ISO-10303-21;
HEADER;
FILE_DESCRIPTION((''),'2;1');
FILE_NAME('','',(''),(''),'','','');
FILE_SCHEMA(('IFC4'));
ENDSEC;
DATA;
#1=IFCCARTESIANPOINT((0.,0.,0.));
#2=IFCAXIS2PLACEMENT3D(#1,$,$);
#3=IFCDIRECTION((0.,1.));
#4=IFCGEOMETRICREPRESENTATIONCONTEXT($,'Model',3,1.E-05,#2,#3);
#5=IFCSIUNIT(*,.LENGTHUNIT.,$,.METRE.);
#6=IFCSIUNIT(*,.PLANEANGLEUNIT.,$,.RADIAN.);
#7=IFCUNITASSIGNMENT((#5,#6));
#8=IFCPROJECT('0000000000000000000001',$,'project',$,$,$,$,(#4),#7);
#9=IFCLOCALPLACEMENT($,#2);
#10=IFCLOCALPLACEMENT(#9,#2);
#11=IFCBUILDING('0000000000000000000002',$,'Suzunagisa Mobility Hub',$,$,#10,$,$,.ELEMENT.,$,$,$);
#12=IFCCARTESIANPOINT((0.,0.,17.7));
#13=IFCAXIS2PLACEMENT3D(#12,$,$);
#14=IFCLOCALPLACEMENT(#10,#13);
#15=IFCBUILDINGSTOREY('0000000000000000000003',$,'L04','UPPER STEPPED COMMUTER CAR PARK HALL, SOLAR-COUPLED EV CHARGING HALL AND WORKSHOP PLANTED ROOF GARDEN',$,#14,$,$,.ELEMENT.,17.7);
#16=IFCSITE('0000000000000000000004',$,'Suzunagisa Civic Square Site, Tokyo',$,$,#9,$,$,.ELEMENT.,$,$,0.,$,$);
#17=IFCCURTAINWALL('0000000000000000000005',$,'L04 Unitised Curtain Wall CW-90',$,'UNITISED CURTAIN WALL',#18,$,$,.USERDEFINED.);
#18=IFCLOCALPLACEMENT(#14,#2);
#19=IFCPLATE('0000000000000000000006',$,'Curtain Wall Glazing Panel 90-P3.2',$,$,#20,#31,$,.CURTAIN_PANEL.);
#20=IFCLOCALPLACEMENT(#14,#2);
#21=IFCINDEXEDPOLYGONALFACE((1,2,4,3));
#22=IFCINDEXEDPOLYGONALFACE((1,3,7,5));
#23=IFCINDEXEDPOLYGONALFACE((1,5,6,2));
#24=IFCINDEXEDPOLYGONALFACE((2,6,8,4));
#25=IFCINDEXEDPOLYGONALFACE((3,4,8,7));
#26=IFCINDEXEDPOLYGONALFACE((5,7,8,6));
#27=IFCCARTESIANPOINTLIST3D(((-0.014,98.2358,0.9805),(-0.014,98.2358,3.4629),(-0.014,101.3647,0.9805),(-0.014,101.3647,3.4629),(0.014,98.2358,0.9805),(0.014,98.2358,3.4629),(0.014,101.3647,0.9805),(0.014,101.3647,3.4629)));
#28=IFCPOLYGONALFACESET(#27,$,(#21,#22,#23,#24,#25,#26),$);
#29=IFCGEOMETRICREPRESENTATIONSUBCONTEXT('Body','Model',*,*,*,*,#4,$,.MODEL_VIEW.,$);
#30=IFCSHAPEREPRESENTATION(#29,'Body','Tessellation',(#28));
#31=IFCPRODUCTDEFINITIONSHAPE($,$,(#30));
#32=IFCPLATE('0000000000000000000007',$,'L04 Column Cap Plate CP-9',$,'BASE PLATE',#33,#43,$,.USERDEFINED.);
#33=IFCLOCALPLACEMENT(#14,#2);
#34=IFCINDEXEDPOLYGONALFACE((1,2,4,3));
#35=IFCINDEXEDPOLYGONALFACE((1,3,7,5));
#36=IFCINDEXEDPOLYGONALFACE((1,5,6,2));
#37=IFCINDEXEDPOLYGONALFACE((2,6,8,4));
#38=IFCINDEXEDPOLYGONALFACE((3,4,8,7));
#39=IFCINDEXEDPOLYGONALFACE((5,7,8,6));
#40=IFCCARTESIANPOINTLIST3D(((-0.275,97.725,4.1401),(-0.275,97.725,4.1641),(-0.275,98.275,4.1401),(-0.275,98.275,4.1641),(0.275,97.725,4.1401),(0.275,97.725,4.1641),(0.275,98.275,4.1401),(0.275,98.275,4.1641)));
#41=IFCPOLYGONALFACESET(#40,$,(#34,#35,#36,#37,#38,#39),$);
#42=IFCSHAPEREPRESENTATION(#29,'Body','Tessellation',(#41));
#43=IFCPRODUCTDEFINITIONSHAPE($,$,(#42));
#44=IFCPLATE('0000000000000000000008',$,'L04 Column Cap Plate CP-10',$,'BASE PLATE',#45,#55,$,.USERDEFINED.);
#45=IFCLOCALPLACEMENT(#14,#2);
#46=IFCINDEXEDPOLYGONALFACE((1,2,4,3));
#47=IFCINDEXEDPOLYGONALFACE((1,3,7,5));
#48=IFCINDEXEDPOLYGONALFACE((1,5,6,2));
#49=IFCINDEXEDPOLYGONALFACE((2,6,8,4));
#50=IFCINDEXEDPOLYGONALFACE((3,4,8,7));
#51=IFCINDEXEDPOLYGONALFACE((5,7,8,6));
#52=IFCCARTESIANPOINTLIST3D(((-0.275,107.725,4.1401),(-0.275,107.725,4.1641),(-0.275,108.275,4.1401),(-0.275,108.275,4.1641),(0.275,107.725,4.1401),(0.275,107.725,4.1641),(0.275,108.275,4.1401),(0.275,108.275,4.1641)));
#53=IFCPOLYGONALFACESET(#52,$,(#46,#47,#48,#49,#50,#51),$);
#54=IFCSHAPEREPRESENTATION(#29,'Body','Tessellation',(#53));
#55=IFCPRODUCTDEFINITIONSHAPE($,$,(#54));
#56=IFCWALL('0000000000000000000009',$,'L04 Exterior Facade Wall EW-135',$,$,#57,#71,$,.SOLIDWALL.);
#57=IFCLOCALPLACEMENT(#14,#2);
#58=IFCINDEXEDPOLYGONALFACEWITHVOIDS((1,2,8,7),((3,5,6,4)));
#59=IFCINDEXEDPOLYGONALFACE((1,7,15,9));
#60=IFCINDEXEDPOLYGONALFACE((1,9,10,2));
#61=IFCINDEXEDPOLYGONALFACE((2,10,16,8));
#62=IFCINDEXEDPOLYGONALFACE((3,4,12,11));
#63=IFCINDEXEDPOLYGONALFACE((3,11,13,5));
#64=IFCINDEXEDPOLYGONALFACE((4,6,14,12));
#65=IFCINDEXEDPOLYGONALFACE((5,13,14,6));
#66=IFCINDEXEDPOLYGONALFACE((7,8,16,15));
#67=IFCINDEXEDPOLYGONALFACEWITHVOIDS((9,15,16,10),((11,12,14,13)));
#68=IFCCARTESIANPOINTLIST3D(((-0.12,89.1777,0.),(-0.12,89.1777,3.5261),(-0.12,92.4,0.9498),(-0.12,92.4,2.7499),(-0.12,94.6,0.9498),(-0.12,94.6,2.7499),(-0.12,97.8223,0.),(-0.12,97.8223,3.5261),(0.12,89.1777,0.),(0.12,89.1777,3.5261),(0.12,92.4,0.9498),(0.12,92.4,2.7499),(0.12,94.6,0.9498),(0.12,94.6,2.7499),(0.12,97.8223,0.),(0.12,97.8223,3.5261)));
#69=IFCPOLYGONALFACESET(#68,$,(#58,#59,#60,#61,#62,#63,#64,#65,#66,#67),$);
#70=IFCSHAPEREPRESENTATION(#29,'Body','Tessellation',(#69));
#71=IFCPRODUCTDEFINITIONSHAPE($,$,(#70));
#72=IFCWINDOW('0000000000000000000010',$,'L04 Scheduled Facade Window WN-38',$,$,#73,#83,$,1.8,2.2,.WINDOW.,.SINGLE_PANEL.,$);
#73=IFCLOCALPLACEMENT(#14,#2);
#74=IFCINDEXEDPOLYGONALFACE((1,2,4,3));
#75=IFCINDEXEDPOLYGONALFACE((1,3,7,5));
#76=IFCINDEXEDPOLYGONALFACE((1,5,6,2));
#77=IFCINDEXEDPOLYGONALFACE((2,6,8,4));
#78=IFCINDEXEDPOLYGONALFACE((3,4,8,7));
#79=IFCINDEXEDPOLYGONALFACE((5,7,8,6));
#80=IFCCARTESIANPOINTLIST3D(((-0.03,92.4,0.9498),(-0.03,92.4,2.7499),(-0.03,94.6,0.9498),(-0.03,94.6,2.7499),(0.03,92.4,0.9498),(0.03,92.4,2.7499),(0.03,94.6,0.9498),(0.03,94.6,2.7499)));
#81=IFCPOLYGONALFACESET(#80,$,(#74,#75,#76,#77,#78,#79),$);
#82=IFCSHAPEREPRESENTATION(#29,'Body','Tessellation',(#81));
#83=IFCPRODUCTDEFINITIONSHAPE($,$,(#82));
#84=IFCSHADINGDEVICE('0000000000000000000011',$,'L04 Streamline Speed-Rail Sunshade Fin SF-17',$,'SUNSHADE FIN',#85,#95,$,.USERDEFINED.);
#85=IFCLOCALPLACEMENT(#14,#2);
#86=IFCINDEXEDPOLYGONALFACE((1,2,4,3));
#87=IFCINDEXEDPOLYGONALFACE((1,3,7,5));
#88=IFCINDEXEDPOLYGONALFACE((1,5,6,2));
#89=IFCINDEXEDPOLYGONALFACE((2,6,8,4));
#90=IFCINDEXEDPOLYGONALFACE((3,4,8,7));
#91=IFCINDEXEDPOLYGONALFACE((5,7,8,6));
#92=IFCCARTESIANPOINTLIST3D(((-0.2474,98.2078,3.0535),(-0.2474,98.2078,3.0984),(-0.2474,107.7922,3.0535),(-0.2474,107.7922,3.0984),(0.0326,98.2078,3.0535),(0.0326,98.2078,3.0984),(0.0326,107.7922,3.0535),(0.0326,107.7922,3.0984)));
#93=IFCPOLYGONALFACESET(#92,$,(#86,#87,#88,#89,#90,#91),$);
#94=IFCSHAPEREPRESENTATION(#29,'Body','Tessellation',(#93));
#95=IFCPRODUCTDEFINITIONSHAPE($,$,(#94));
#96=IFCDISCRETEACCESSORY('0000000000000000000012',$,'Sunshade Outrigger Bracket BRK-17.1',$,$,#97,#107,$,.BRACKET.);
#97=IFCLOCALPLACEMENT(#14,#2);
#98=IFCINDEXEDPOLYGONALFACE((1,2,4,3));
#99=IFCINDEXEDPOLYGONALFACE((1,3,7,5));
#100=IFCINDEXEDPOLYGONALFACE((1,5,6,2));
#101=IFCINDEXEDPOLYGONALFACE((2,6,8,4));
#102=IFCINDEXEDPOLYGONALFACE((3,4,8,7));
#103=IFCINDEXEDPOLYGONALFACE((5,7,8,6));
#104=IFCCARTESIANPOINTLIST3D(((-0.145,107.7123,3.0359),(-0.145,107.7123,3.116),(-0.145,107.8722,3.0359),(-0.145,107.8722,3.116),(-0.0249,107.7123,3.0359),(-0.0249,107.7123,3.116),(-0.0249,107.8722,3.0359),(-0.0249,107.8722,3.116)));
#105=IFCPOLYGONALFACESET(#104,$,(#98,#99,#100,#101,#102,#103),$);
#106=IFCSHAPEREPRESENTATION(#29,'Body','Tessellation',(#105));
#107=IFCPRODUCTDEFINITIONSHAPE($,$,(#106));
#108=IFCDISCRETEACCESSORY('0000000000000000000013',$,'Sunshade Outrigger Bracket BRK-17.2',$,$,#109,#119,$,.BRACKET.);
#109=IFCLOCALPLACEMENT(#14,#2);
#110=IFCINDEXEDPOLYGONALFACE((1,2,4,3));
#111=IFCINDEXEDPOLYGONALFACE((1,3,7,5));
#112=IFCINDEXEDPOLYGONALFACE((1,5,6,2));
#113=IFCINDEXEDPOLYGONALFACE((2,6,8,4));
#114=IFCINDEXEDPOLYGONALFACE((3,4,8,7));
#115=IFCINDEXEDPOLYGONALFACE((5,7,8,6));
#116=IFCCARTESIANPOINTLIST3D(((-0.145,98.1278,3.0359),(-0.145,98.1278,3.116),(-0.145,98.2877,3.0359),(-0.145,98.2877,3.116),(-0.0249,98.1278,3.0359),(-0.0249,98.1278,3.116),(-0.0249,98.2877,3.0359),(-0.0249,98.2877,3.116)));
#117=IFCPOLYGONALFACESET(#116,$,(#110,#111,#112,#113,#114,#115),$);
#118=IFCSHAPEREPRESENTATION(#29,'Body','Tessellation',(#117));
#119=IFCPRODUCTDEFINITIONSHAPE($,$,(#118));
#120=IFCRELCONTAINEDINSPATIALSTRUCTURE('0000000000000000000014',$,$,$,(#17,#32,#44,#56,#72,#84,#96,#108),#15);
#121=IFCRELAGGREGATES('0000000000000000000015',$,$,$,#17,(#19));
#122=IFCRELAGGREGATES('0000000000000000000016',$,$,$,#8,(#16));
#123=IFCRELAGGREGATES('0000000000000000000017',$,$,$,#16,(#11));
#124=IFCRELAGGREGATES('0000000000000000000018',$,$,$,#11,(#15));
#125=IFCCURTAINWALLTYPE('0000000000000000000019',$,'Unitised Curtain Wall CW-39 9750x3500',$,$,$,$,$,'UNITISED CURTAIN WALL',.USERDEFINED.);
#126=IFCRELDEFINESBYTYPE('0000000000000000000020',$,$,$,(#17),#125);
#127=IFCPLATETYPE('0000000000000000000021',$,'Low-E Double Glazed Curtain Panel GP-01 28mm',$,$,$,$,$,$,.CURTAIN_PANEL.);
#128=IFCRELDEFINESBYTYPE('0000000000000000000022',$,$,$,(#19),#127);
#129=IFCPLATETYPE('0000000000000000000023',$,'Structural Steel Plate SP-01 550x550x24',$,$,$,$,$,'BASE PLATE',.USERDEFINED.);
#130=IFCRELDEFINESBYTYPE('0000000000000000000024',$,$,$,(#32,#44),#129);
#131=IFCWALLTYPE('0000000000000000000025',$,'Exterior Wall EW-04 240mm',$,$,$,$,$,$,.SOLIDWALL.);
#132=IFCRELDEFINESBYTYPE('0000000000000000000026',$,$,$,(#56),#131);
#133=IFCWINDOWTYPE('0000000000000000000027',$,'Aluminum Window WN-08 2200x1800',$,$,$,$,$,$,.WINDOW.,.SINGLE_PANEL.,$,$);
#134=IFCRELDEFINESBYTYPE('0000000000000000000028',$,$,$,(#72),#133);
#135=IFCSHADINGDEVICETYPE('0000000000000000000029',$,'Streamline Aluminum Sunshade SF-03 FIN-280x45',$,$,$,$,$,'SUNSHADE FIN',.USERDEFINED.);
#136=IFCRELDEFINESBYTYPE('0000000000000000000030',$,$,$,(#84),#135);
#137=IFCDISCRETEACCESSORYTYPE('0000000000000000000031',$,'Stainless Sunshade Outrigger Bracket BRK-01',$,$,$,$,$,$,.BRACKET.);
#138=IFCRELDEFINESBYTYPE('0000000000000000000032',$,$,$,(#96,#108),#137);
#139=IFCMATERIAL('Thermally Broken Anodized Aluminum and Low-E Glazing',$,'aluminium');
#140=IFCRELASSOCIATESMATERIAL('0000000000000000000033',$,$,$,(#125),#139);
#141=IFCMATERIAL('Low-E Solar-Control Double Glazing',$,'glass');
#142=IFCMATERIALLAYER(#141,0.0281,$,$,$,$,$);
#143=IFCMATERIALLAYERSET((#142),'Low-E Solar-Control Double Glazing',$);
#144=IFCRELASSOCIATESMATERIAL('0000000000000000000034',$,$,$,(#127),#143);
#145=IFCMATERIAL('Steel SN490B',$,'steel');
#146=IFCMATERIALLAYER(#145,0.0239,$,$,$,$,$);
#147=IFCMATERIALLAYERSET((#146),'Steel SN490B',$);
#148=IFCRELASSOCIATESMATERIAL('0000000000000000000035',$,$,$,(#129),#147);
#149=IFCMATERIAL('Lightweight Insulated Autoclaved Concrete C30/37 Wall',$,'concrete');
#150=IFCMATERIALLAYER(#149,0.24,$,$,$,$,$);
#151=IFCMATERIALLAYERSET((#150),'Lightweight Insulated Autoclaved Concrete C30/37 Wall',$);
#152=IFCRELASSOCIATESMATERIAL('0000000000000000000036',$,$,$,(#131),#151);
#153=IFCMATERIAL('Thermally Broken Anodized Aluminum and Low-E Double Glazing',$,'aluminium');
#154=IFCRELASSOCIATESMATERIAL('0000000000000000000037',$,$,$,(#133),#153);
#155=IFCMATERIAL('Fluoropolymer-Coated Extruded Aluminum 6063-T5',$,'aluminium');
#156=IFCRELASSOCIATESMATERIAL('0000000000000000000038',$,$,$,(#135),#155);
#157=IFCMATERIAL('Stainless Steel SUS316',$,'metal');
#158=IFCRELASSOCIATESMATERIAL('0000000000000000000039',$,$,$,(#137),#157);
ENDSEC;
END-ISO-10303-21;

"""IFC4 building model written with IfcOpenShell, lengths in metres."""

from ifc_helpers import new_model, si_unit, direction, frame, frame_2d, origin, origin_2d, place, context, subcontext, project, spatial, rectangle, extrude, material, layer, layer_set, material_profile, profile_set, type_object, element, fill, aggregate, save


model = new_model("IFC4")

# Units and contexts
model_context = context("Model", 3, precision=1e-05, world=origin(), true_north=direction((0.0, 1.0)))
body_context = subcontext(model_context, "Body", "Model", "MODEL_VIEW")
ifc_project = project(units=[si_unit("LENGTHUNIT", "METRE"), si_unit("PLANEANGLEUNIT", "RADIAN")], contexts=[model_context])

# Site, building, storey
site_placement = place(None, origin())
site = spatial("IfcSite", under=ifc_project, at=site_placement, Name="Suzunagisa Civic Square Site, Tokyo", CompositionType="ELEMENT", RefElevation=0.0)
building_placement = place(site_placement, origin())
building = spatial("IfcBuilding", under=site, at=building_placement, Name="Suzunagisa Mobility Hub", CompositionType="ELEMENT")
storey_placement = place(building_placement, frame((0.0, 0.0, 17.7)))
storey = spatial("IfcBuildingStorey", under=building, at=storey_placement, Name="L04", Description="UPPER STEPPED COMMUTER CAR PARK HALL, SOLAR-COUPLED EV CHARGING HALL AND WORKSHOP PLANTED ROOF GARDEN", CompositionType="ELEMENT", Elevation=17.7)

# Shared definitions
ifc_material_1 = material(Name="Steel SN490B", Category="steel")

# Curtain wall
ifc_material_2 = material(Name="Thermally Broken Anodized Aluminum and Low-E Glazing", Category="aluminium")
curtain_wall_type = type_object("IfcCurtainWallType", Name="Unitised Curtain Wall CW-39 9750x3500", ElementType="UNITISED CURTAIN WALL", PredefinedType="USERDEFINED", material=ifc_material_2)
curtain_wall_placement = place(storey_placement, origin())
curtain_wall = element("IfcCurtainWall", 1, at=curtain_wall_placement, inside=storey, type_object=curtain_wall_type, Name="L04 Unitised Curtain Wall CW-90", ObjectType="UNITISED CURTAIN WALL", PredefinedType="USERDEFINED")

# Plate
ifc_material_3 = material(Name="Low-E Solar-Control Double Glazing", Category="glass")
ifc_layer_1 = layer(ifc_material_3, 0.0281)
ifc_layer_set_1 = layer_set([ifc_layer_1], Name="Low-E Solar-Control Double Glazing")
plate_type_1 = type_object("IfcPlateType", Name="Low-E Double Glazed Curtain Panel GP-01 28mm", PredefinedType="CURTAIN_PANEL", material=ifc_layer_set_1)
plate_1_placement = place(storey_placement, frame((0.0, 99.8003, 0.9805), z_axis=(0.0, 0.0, 1.0), x_axis=(0.0, -1.0, 0.0)))
plate_1 = element("IfcPlate", 2, at=plate_1_placement, type_object=plate_type_1, Name="Curtain Wall Glazing Panel 90-P3.2", PredefinedType="CURTAIN_PANEL", context=body_context, shape_type="SweptSolid", body=[
    extrude(rectangle(XDim=3.1289, YDim=0.0281, at=origin_2d()), origin(), (0.0, 0.0, 1.0), 2.4824),
])
aggregate(curtain_wall, [plate_1])

# Plates
ifc_layer_2 = layer(ifc_material_1, 0.0239)
ifc_layer_set_2 = layer_set([ifc_layer_2], Name="Steel SN490B")
plate_type_2 = type_object("IfcPlateType", Name="Structural Steel Plate SP-01 550x550x24", ElementType="BASE PLATE", PredefinedType="USERDEFINED", material=ifc_layer_set_2)
for number, where, z_axis, x_axis, name in (
    (3, (0.0, 98.0, 4.1401), (0.0, 0.0, 1.0), (1.0, 0.0, 0.0), "L04 Column Cap Plate CP-9"),
    (4, (0.0, 108.0, 4.1401), (0.0, 0.0, 1.0), (1.0, 0.0, 0.0), "L04 Column Cap Plate CP-10"),
):
    element("IfcPlate", number, at=place(storey_placement, frame(where, z_axis=z_axis, x_axis=x_axis)), inside=storey, type_object=plate_type_2, Name=name, ObjectType="BASE PLATE", PredefinedType="USERDEFINED", context=body_context, shape_type="SweptSolid", body=[
        extrude(rectangle(XDim=0.55, YDim=0.55, at=origin_2d()), origin(), (0.0, 0.0, 1.0), 0.0239),
    ])

# Wall, opening, window
ifc_material_4 = material(Name="Lightweight Insulated Autoclaved Concrete C30/37 Wall", Category="concrete")
ifc_layer_3 = layer(ifc_material_4, 0.24)
ifc_layer_set_3 = layer_set([ifc_layer_3], Name="Lightweight Insulated Autoclaved Concrete C30/37 Wall")
wall_type = type_object("IfcWallType", Name="Exterior Wall EW-04 240mm", PredefinedType="SOLIDWALL", material=ifc_layer_set_3)
wall_placement = place(storey_placement, frame((0.0, 97.8223, 0.0), z_axis=(0.0, 0.0, 1.0), x_axis=(0.0, -1.0, 0.0)))
wall = element("IfcWall", 5, at=wall_placement, inside=storey, type_object=wall_type, Name="L04 Exterior Facade Wall EW-135", PredefinedType="SOLIDWALL", context=body_context, shape_type="SweptSolid", body=[
    extrude(rectangle(XDim=8.6445, YDim=0.24, at=frame_2d((4.3223, 0.0))), origin(), (0.0, 0.0, 1.0), 3.5261),
])
opening_placement = place(wall_placement, frame((3.2222, 0.0, 0.95)))
opening = element("IfcOpeningElement", 6, at=opening_placement, cuts=wall, PredefinedType="OPENING", context=body_context, shape_type="SweptSolid", body=[
    extrude(rectangle(XDim=2.2, YDim=1.8, at=frame_2d((1.1001, 0.8999))), frame((0.0, 0.1309, 0.0), z_axis=(0.0, -1.0, 0.0), x_axis=(1.0, 0.0, 0.0)), (0.0, 0.0, 1.0), 0.262),
])
ifc_material_5 = material(Name="Thermally Broken Anodized Aluminum and Low-E Double Glazing", Category="aluminium")
window_type = type_object("IfcWindowType", Name="Aluminum Window WN-08 2200x1800", PartitioningType="SINGLE_PANEL", PredefinedType="WINDOW", material=ifc_material_5)
window_placement = place(opening_placement, origin())
window = element("IfcWindow", 7, at=window_placement, inside=storey, type_object=window_type, Name="L04 Scheduled Facade Window WN-38", OverallHeight=1.8, OverallWidth=2.2, PartitioningType="SINGLE_PANEL", PredefinedType="WINDOW", context=body_context, shape_type="SweptSolid", body=[
    extrude(rectangle(XDim=2.2, YDim=1.8, at=frame_2d((1.1001, 0.8999))), frame((0.0, 0.03, 0.0), z_axis=(0.0, -1.0, 0.0), x_axis=(1.0, 0.0, 0.0)), (0.0, 0.0, 1.0), 0.0601),
])
fill(opening, window)

# Shading device
ifc_material_6 = material(Name="Fluoropolymer-Coated Extruded Aluminum 6063-T5", Category="aluminium")
ifc_material_profile_1 = material_profile(ifc_material_6, rectangle(XDim=0.28, YDim=0.0449, at=origin_2d()), Name="FIN-280x45")
ifc_profile_set_1 = profile_set([ifc_material_profile_1], Name="Fluoropolymer-Coated Extruded Aluminum 6063-T5")
shading_device_type = type_object("IfcShadingDeviceType", Name="Streamline Aluminum Sunshade SF-03 FIN-280x45", ElementType="SUNSHADE FIN", PredefinedType="USERDEFINED", material=ifc_profile_set_1)
shading_device_placement = place(storey_placement, frame((-0.1074, 107.7922, 3.0759), z_axis=(0.0, -1.0, 0.0), x_axis=(1.0, 0.0, 0.0)))
element("IfcShadingDevice", 8, at=shading_device_placement, inside=storey, type_object=shading_device_type, Name="L04 Streamline Speed-Rail Sunshade Fin SF-17", ObjectType="SUNSHADE FIN", PredefinedType="USERDEFINED", context=body_context, shape_type="SweptSolid", body=[
    extrude(rectangle(XDim=0.28, YDim=0.0449, at=origin_2d()), origin(), (0.0, 0.0, 1.0), 9.5845),
])

# Discrete accessories
ifc_material_7 = material(Name="Stainless Steel SUS316", Category="metal")
discrete_accessory_type = type_object("IfcDiscreteAccessoryType", Name="Stainless Sunshade Outrigger Bracket BRK-01", PredefinedType="BRACKET", material=ifc_material_7)
for number, where, z_axis, x_axis, name in (
    (9, (-0.085, 107.7922, 3.0359), (0.0, 0.0, 1.0), (0.0, -1.0, 0.0), "Sunshade Outrigger Bracket BRK-17.1"),
    (10, (-0.085, 98.2078, 3.0359), (0.0, 0.0, 1.0), (0.0, -1.0, 0.0), "Sunshade Outrigger Bracket BRK-17.2"),
):
    element("IfcDiscreteAccessory", number, at=place(storey_placement, frame(where, z_axis=z_axis, x_axis=x_axis)), inside=storey, type_object=discrete_accessory_type, Name=name, PredefinedType="BRACKET", context=body_context, shape_type="SweptSolid", body=[
        extrude(rectangle(XDim=0.1599, YDim=0.1201, at=origin_2d()), origin(), (0.0, 0.0, 1.0), 0.0801),
    ])

save(model, "model.ifc")
